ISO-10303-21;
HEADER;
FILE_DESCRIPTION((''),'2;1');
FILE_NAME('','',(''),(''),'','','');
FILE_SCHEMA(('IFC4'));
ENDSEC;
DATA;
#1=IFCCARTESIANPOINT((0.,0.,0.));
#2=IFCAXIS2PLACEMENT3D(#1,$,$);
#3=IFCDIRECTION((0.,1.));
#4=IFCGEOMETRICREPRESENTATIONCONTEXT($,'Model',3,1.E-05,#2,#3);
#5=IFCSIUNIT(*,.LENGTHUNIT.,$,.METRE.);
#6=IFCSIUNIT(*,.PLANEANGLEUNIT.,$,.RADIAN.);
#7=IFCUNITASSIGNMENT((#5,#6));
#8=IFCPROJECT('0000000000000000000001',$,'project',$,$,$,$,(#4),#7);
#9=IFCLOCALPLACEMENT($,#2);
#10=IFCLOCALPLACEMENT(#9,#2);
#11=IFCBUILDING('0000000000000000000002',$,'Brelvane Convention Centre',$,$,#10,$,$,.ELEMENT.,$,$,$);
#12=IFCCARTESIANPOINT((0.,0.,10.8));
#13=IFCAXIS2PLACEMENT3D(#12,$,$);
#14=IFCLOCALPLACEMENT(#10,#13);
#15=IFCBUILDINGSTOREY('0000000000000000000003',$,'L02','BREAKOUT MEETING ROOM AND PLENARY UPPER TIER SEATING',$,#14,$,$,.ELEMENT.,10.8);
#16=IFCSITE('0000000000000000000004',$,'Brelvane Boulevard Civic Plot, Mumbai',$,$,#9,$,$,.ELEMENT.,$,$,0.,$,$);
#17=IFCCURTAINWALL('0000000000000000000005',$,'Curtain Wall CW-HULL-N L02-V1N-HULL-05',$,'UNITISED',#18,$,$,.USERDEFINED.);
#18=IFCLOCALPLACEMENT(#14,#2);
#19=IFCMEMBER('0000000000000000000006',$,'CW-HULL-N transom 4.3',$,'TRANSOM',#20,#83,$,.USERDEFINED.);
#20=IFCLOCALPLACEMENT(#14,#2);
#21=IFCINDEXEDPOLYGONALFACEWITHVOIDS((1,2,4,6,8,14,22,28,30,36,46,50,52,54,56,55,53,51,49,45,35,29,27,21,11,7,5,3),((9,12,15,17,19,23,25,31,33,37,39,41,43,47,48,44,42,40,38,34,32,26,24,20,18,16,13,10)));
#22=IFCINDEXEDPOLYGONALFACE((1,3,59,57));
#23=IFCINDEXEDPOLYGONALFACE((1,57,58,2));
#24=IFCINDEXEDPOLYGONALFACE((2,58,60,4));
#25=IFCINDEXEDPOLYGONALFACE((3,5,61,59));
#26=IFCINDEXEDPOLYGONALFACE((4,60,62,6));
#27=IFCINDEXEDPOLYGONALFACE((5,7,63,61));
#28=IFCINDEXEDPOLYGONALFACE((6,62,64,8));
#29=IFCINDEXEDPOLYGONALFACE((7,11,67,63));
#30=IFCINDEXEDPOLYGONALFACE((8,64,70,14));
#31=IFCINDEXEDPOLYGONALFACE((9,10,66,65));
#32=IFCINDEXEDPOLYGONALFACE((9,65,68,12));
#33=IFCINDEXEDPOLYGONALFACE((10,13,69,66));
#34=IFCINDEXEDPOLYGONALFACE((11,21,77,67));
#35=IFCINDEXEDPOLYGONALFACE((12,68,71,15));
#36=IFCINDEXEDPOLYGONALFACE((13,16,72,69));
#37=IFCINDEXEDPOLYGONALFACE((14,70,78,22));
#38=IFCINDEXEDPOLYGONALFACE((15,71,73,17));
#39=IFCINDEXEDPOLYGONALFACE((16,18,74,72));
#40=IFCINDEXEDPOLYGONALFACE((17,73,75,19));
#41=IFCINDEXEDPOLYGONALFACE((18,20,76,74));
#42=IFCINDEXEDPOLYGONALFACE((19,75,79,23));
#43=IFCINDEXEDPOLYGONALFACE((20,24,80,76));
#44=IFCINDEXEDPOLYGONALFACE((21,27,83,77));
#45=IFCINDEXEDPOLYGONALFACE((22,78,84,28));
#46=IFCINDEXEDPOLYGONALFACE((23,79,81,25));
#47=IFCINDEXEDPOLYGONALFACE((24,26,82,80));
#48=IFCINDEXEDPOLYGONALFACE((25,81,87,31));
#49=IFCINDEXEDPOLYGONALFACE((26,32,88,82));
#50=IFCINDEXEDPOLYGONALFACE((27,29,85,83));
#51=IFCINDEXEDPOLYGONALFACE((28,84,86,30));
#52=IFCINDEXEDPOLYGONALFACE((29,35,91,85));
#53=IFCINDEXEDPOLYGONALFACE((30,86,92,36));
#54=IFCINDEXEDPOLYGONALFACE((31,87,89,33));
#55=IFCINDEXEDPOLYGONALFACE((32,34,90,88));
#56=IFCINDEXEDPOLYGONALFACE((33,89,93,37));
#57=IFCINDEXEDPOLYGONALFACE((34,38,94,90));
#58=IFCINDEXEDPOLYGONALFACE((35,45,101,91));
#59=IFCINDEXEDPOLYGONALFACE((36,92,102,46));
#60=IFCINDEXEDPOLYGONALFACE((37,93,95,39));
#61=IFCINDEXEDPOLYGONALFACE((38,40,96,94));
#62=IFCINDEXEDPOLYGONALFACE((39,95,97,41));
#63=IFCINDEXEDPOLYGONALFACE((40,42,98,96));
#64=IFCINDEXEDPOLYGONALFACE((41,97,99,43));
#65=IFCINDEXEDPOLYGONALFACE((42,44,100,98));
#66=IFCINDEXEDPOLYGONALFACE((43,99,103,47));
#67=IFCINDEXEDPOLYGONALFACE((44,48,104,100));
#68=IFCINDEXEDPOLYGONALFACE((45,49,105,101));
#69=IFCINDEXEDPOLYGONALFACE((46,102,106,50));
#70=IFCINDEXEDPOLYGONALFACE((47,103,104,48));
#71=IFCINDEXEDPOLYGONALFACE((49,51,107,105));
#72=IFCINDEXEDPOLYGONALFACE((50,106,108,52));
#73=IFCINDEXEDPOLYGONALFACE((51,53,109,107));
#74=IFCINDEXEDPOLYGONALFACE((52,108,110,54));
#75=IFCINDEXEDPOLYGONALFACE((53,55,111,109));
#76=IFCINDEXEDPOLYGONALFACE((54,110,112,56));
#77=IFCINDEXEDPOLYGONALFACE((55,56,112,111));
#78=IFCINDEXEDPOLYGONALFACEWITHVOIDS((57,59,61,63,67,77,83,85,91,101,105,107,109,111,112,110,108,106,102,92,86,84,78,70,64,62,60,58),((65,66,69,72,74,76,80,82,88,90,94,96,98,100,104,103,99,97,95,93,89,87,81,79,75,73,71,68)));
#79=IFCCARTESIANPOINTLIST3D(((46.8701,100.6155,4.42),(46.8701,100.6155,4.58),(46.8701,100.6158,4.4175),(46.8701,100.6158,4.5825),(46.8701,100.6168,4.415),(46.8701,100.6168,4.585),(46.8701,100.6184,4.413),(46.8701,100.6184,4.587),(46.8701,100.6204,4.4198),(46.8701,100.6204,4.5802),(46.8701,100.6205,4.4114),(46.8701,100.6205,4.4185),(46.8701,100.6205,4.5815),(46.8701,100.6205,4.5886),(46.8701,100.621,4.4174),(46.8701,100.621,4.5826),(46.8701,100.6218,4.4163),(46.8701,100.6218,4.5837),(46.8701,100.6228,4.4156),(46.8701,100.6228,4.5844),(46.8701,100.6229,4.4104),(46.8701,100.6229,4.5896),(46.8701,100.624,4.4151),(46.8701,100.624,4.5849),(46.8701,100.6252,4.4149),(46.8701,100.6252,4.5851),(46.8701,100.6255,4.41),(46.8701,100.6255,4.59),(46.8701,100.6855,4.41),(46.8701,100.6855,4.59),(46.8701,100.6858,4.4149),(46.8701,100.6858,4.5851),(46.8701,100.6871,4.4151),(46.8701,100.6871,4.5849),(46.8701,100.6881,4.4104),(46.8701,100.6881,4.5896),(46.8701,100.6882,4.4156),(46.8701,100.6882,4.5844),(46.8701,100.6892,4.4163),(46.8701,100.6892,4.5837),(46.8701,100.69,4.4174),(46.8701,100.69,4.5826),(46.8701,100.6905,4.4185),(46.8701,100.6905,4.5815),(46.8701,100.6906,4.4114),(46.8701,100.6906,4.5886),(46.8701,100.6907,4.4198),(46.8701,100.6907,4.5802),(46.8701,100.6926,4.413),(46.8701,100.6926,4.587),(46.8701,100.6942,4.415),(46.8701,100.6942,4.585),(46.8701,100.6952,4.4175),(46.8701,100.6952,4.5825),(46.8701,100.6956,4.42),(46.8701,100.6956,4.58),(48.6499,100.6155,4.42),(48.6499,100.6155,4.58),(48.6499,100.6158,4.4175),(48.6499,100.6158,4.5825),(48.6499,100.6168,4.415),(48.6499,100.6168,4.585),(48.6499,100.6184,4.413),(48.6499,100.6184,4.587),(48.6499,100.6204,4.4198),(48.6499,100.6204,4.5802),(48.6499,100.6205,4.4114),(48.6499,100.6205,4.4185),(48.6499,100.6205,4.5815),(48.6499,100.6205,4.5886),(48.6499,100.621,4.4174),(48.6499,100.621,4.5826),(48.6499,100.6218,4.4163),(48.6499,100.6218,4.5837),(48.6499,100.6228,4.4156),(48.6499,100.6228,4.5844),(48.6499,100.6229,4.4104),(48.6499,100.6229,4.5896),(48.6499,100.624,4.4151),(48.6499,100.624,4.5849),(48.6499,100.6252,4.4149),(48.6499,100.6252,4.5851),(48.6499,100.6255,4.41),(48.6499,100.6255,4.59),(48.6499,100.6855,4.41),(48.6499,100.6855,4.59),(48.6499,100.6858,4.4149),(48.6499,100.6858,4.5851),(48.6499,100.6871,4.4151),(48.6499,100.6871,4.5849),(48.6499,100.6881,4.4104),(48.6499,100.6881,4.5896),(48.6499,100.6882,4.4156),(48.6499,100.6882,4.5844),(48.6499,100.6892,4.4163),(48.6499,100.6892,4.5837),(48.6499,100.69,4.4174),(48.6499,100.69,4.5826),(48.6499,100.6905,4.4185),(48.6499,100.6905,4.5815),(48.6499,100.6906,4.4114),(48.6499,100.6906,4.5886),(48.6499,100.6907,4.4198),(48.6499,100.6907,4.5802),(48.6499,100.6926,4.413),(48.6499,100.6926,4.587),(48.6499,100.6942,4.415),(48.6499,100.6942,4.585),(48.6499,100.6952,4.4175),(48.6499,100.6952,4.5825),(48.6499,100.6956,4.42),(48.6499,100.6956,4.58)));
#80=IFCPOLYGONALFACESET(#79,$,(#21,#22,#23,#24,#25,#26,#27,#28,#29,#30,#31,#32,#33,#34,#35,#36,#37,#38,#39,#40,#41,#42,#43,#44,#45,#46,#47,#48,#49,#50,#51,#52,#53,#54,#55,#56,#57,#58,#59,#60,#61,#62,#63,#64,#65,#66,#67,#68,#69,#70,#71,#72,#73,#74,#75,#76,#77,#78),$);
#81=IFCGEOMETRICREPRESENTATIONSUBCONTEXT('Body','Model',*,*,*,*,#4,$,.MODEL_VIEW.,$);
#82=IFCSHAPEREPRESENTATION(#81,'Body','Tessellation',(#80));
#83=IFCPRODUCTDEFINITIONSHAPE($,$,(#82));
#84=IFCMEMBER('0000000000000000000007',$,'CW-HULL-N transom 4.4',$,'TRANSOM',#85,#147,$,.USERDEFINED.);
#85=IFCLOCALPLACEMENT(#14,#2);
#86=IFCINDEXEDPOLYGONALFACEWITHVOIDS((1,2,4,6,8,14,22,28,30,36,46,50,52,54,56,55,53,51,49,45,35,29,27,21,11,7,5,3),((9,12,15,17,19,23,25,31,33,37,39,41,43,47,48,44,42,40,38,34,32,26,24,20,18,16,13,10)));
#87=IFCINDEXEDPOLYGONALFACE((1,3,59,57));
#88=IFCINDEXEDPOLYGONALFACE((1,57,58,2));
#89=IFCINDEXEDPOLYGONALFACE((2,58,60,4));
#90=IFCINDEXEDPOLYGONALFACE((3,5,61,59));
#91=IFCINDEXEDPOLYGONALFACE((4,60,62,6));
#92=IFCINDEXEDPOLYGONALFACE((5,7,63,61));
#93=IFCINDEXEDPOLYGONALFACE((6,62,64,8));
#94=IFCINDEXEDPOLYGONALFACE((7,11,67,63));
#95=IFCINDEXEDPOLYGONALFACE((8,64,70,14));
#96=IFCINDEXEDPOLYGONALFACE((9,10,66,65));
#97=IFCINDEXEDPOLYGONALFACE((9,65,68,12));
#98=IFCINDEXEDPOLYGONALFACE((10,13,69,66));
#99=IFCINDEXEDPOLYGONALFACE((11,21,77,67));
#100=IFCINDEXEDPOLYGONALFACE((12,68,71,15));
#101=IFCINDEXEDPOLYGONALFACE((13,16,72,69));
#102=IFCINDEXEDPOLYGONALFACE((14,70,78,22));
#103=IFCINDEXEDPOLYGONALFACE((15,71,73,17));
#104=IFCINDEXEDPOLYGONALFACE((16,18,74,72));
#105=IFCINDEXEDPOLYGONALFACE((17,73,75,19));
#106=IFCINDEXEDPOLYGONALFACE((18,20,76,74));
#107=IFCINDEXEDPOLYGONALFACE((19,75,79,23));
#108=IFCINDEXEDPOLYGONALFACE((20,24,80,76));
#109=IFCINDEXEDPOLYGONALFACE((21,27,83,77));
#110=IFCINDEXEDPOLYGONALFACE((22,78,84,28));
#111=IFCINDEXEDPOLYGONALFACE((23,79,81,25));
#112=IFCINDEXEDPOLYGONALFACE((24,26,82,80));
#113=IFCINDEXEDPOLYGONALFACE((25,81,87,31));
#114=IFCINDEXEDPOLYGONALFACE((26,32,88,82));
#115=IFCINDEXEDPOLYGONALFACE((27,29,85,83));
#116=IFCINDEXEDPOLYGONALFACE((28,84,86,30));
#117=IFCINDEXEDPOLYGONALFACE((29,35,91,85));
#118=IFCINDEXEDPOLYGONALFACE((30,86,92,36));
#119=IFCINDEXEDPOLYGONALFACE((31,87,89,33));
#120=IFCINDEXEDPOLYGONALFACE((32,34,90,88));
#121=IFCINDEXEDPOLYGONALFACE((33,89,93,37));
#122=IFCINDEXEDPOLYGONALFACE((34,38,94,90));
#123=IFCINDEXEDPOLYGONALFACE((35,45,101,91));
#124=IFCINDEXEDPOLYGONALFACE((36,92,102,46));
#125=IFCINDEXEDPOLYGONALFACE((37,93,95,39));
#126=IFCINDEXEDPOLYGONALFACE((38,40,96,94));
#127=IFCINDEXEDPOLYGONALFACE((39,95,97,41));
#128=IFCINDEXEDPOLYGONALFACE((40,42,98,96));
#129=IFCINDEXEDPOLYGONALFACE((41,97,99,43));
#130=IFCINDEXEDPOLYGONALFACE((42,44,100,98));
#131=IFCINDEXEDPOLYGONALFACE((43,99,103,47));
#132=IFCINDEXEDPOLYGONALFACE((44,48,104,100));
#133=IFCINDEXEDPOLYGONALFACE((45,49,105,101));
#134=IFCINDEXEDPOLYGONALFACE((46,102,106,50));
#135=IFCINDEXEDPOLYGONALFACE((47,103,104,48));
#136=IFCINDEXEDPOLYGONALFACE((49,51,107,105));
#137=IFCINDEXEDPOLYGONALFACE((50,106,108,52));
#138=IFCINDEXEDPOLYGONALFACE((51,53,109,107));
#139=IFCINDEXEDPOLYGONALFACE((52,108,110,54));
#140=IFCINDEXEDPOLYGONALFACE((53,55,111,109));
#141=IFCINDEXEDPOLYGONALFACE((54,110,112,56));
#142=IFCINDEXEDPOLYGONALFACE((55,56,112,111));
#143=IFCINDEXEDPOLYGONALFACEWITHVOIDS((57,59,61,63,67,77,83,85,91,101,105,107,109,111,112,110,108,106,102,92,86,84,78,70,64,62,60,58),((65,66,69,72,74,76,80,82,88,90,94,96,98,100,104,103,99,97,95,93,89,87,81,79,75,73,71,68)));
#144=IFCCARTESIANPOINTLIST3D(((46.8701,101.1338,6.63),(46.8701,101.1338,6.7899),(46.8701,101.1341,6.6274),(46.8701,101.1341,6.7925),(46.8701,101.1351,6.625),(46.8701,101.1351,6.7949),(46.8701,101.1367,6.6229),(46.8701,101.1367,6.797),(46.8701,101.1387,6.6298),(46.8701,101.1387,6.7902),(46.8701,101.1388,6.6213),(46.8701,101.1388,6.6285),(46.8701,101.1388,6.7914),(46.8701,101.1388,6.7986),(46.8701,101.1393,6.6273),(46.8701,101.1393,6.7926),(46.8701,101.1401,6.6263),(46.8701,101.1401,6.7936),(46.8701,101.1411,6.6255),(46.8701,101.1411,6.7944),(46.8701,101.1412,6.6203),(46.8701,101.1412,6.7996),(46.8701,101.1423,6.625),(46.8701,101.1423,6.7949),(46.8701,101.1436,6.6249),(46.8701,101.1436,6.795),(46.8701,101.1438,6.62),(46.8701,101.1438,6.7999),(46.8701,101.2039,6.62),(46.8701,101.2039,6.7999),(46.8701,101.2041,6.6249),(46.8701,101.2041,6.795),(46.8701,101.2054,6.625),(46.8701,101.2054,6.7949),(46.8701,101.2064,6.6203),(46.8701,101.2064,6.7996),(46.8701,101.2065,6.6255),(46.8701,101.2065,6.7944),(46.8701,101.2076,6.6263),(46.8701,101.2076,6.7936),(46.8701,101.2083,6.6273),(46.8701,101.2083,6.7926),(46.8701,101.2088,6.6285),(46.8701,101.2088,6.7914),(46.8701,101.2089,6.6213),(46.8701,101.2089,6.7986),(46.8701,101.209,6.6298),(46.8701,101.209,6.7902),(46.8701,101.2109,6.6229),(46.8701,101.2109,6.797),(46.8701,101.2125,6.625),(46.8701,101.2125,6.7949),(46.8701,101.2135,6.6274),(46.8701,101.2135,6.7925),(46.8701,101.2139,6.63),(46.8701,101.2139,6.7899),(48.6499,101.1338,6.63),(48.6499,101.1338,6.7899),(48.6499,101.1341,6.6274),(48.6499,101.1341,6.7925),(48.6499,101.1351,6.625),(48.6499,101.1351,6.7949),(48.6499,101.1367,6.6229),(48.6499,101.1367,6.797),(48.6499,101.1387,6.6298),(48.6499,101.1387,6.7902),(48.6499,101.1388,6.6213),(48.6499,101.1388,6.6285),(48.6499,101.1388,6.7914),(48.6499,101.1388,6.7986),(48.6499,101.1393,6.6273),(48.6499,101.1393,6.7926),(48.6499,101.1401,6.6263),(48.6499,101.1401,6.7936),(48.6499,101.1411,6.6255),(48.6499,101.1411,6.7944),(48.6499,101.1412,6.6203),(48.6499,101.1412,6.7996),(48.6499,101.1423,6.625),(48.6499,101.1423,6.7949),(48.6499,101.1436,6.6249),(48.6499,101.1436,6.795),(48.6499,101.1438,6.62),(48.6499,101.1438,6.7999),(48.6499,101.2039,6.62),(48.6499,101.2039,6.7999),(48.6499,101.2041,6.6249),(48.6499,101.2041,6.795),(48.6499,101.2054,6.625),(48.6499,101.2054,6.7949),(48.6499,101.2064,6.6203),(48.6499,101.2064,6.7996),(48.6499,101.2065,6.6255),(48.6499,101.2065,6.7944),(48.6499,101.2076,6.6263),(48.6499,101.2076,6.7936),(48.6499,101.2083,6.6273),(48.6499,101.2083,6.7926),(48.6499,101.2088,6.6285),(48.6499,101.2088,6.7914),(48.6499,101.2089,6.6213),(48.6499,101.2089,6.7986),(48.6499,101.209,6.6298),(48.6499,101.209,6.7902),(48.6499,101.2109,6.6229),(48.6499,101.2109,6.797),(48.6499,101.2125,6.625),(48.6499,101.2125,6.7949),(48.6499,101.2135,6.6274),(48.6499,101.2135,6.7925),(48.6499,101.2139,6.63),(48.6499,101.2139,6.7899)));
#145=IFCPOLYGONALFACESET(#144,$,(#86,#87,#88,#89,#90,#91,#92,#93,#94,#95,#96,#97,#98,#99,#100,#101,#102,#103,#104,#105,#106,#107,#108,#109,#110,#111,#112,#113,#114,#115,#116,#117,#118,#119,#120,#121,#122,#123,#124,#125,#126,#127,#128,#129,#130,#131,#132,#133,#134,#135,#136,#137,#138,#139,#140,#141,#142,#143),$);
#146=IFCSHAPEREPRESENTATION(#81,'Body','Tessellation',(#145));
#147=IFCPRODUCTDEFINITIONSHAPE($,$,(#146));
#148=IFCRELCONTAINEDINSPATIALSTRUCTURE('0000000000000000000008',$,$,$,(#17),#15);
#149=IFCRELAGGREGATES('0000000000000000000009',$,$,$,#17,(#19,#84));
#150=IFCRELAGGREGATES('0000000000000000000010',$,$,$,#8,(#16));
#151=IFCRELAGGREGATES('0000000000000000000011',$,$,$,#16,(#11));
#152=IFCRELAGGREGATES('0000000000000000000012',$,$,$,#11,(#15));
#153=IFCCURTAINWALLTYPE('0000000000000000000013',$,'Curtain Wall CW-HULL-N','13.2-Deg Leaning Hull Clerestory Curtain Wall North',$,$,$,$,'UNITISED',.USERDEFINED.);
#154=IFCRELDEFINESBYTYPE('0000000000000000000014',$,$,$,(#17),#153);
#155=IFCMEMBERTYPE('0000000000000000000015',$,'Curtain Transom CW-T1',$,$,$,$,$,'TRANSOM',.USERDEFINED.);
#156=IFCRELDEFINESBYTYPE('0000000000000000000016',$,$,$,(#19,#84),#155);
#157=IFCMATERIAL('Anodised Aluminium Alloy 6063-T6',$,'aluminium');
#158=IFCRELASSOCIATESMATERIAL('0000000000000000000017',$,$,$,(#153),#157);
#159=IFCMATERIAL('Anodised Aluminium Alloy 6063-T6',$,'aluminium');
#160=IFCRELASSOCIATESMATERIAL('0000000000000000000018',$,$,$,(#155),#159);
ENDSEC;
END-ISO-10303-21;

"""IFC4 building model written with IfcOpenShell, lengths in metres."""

from ifc_helpers import new_model, si_unit, direction, frame, origin, origin_2d, place, context, subcontext, project, spatial, hollow_rectangle, extrude, material, material_profile, profile_set, type_object, element, aggregate, save


model = new_model("IFC4")

# Units and contexts
model_context = context("Model", 3, precision=1e-05, world=origin(), true_north=direction((0.0, 1.0)))
body_context = subcontext(model_context, "Body", "Model", "MODEL_VIEW")
ifc_project = project(units=[si_unit("LENGTHUNIT", "METRE"), si_unit("PLANEANGLEUNIT", "RADIAN")], contexts=[model_context])

# Site, building, storey
site_placement = place(None, origin())
site = spatial("IfcSite", under=ifc_project, at=site_placement, Name="Brelvane Boulevard Civic Plot, Mumbai", CompositionType="ELEMENT", RefElevation=0.0)
building_placement = place(site_placement, origin())
building = spatial("IfcBuilding", under=site, at=building_placement, Name="Brelvane Convention Centre", CompositionType="ELEMENT")
storey_placement = place(building_placement, frame((0.0, 0.0, 10.8)))
storey = spatial("IfcBuildingStorey", under=building, at=storey_placement, Name="L02", Description="BREAKOUT MEETING ROOM AND PLENARY UPPER TIER SEATING", CompositionType="ELEMENT", Elevation=10.8)

# Curtain wall, members
ifc_material_1 = material(Name="Anodised Aluminium Alloy 6063-T6", Category="aluminium")
curtain_wall_type = type_object("IfcCurtainWallType", Name="Curtain Wall CW-HULL-N", Description="13.2-Deg Leaning Hull Clerestory Curtain Wall North", ElementType="UNITISED", PredefinedType="USERDEFINED", material=ifc_material_1)
curtain_wall_placement = place(storey_placement, origin())
curtain_wall = element("IfcCurtainWall", 1, at=curtain_wall_placement, inside=storey, type_object=curtain_wall_type, Name="Curtain Wall CW-HULL-N L02-V1N-HULL-05", ObjectType="UNITISED", PredefinedType="USERDEFINED")
ifc_material_2 = material(Name="Anodised Aluminium Alloy 6063-T6", Category="aluminium")
ifc_material_profile_1 = material_profile(ifc_material_2, hollow_rectangle(XDim=0.0801, YDim=0.1799, WallThickness=0.0049, InnerFilletRadius=0.0049, OuterFilletRadius=0.01, at=origin_2d()), Name="ALU-T 180x80x5.0")
ifc_profile_set_1 = profile_set([ifc_material_profile_1], Name="Anodised Aluminium Alloy 6063-T6")
member_type_1 = type_object("IfcMemberType", Name="Curtain Transom CW-T1", ElementType="TRANSOM", PredefinedType="USERDEFINED", material=ifc_profile_set_1)
member_1_placement = place(storey_placement, frame((46.8701, 100.6555, 4.5), z_axis=(1.0, 0.0, 0.0), x_axis=(0.0, 1.0, 0.0)))
member_1 = element("IfcMember", 2, at=member_1_placement, type_object=member_type_1, Name="CW-HULL-N transom 4.3", ObjectType="TRANSOM", PredefinedType="USERDEFINED", context=body_context, shape_type="SweptSolid", body=[
    extrude(hollow_rectangle(XDim=0.0801, YDim=0.1799, WallThickness=0.0049, InnerFilletRadius=0.0049, OuterFilletRadius=0.01, at=origin_2d()), origin(), (0.0, 0.0, 1.0), 1.7798),
])
member_2_placement = place(storey_placement, frame((46.8701, 101.1738, 6.71), z_axis=(1.0, 0.0, 0.0), x_axis=(0.0, 1.0, 0.0)))
member_2 = element("IfcMember", 3, at=member_2_placement, type_object=member_type_1, Name="CW-HULL-N transom 4.4", ObjectType="TRANSOM", PredefinedType="USERDEFINED", context=body_context, shape_type="SweptSolid", body=[
    extrude(hollow_rectangle(XDim=0.0801, YDim=0.1799, WallThickness=0.0049, InnerFilletRadius=0.0049, OuterFilletRadius=0.01, at=origin_2d()), origin(), (0.0, 0.0, 1.0), 1.7798),
])

aggregate(curtain_wall, [member_1, member_2])

save(model, "model.ifc")
